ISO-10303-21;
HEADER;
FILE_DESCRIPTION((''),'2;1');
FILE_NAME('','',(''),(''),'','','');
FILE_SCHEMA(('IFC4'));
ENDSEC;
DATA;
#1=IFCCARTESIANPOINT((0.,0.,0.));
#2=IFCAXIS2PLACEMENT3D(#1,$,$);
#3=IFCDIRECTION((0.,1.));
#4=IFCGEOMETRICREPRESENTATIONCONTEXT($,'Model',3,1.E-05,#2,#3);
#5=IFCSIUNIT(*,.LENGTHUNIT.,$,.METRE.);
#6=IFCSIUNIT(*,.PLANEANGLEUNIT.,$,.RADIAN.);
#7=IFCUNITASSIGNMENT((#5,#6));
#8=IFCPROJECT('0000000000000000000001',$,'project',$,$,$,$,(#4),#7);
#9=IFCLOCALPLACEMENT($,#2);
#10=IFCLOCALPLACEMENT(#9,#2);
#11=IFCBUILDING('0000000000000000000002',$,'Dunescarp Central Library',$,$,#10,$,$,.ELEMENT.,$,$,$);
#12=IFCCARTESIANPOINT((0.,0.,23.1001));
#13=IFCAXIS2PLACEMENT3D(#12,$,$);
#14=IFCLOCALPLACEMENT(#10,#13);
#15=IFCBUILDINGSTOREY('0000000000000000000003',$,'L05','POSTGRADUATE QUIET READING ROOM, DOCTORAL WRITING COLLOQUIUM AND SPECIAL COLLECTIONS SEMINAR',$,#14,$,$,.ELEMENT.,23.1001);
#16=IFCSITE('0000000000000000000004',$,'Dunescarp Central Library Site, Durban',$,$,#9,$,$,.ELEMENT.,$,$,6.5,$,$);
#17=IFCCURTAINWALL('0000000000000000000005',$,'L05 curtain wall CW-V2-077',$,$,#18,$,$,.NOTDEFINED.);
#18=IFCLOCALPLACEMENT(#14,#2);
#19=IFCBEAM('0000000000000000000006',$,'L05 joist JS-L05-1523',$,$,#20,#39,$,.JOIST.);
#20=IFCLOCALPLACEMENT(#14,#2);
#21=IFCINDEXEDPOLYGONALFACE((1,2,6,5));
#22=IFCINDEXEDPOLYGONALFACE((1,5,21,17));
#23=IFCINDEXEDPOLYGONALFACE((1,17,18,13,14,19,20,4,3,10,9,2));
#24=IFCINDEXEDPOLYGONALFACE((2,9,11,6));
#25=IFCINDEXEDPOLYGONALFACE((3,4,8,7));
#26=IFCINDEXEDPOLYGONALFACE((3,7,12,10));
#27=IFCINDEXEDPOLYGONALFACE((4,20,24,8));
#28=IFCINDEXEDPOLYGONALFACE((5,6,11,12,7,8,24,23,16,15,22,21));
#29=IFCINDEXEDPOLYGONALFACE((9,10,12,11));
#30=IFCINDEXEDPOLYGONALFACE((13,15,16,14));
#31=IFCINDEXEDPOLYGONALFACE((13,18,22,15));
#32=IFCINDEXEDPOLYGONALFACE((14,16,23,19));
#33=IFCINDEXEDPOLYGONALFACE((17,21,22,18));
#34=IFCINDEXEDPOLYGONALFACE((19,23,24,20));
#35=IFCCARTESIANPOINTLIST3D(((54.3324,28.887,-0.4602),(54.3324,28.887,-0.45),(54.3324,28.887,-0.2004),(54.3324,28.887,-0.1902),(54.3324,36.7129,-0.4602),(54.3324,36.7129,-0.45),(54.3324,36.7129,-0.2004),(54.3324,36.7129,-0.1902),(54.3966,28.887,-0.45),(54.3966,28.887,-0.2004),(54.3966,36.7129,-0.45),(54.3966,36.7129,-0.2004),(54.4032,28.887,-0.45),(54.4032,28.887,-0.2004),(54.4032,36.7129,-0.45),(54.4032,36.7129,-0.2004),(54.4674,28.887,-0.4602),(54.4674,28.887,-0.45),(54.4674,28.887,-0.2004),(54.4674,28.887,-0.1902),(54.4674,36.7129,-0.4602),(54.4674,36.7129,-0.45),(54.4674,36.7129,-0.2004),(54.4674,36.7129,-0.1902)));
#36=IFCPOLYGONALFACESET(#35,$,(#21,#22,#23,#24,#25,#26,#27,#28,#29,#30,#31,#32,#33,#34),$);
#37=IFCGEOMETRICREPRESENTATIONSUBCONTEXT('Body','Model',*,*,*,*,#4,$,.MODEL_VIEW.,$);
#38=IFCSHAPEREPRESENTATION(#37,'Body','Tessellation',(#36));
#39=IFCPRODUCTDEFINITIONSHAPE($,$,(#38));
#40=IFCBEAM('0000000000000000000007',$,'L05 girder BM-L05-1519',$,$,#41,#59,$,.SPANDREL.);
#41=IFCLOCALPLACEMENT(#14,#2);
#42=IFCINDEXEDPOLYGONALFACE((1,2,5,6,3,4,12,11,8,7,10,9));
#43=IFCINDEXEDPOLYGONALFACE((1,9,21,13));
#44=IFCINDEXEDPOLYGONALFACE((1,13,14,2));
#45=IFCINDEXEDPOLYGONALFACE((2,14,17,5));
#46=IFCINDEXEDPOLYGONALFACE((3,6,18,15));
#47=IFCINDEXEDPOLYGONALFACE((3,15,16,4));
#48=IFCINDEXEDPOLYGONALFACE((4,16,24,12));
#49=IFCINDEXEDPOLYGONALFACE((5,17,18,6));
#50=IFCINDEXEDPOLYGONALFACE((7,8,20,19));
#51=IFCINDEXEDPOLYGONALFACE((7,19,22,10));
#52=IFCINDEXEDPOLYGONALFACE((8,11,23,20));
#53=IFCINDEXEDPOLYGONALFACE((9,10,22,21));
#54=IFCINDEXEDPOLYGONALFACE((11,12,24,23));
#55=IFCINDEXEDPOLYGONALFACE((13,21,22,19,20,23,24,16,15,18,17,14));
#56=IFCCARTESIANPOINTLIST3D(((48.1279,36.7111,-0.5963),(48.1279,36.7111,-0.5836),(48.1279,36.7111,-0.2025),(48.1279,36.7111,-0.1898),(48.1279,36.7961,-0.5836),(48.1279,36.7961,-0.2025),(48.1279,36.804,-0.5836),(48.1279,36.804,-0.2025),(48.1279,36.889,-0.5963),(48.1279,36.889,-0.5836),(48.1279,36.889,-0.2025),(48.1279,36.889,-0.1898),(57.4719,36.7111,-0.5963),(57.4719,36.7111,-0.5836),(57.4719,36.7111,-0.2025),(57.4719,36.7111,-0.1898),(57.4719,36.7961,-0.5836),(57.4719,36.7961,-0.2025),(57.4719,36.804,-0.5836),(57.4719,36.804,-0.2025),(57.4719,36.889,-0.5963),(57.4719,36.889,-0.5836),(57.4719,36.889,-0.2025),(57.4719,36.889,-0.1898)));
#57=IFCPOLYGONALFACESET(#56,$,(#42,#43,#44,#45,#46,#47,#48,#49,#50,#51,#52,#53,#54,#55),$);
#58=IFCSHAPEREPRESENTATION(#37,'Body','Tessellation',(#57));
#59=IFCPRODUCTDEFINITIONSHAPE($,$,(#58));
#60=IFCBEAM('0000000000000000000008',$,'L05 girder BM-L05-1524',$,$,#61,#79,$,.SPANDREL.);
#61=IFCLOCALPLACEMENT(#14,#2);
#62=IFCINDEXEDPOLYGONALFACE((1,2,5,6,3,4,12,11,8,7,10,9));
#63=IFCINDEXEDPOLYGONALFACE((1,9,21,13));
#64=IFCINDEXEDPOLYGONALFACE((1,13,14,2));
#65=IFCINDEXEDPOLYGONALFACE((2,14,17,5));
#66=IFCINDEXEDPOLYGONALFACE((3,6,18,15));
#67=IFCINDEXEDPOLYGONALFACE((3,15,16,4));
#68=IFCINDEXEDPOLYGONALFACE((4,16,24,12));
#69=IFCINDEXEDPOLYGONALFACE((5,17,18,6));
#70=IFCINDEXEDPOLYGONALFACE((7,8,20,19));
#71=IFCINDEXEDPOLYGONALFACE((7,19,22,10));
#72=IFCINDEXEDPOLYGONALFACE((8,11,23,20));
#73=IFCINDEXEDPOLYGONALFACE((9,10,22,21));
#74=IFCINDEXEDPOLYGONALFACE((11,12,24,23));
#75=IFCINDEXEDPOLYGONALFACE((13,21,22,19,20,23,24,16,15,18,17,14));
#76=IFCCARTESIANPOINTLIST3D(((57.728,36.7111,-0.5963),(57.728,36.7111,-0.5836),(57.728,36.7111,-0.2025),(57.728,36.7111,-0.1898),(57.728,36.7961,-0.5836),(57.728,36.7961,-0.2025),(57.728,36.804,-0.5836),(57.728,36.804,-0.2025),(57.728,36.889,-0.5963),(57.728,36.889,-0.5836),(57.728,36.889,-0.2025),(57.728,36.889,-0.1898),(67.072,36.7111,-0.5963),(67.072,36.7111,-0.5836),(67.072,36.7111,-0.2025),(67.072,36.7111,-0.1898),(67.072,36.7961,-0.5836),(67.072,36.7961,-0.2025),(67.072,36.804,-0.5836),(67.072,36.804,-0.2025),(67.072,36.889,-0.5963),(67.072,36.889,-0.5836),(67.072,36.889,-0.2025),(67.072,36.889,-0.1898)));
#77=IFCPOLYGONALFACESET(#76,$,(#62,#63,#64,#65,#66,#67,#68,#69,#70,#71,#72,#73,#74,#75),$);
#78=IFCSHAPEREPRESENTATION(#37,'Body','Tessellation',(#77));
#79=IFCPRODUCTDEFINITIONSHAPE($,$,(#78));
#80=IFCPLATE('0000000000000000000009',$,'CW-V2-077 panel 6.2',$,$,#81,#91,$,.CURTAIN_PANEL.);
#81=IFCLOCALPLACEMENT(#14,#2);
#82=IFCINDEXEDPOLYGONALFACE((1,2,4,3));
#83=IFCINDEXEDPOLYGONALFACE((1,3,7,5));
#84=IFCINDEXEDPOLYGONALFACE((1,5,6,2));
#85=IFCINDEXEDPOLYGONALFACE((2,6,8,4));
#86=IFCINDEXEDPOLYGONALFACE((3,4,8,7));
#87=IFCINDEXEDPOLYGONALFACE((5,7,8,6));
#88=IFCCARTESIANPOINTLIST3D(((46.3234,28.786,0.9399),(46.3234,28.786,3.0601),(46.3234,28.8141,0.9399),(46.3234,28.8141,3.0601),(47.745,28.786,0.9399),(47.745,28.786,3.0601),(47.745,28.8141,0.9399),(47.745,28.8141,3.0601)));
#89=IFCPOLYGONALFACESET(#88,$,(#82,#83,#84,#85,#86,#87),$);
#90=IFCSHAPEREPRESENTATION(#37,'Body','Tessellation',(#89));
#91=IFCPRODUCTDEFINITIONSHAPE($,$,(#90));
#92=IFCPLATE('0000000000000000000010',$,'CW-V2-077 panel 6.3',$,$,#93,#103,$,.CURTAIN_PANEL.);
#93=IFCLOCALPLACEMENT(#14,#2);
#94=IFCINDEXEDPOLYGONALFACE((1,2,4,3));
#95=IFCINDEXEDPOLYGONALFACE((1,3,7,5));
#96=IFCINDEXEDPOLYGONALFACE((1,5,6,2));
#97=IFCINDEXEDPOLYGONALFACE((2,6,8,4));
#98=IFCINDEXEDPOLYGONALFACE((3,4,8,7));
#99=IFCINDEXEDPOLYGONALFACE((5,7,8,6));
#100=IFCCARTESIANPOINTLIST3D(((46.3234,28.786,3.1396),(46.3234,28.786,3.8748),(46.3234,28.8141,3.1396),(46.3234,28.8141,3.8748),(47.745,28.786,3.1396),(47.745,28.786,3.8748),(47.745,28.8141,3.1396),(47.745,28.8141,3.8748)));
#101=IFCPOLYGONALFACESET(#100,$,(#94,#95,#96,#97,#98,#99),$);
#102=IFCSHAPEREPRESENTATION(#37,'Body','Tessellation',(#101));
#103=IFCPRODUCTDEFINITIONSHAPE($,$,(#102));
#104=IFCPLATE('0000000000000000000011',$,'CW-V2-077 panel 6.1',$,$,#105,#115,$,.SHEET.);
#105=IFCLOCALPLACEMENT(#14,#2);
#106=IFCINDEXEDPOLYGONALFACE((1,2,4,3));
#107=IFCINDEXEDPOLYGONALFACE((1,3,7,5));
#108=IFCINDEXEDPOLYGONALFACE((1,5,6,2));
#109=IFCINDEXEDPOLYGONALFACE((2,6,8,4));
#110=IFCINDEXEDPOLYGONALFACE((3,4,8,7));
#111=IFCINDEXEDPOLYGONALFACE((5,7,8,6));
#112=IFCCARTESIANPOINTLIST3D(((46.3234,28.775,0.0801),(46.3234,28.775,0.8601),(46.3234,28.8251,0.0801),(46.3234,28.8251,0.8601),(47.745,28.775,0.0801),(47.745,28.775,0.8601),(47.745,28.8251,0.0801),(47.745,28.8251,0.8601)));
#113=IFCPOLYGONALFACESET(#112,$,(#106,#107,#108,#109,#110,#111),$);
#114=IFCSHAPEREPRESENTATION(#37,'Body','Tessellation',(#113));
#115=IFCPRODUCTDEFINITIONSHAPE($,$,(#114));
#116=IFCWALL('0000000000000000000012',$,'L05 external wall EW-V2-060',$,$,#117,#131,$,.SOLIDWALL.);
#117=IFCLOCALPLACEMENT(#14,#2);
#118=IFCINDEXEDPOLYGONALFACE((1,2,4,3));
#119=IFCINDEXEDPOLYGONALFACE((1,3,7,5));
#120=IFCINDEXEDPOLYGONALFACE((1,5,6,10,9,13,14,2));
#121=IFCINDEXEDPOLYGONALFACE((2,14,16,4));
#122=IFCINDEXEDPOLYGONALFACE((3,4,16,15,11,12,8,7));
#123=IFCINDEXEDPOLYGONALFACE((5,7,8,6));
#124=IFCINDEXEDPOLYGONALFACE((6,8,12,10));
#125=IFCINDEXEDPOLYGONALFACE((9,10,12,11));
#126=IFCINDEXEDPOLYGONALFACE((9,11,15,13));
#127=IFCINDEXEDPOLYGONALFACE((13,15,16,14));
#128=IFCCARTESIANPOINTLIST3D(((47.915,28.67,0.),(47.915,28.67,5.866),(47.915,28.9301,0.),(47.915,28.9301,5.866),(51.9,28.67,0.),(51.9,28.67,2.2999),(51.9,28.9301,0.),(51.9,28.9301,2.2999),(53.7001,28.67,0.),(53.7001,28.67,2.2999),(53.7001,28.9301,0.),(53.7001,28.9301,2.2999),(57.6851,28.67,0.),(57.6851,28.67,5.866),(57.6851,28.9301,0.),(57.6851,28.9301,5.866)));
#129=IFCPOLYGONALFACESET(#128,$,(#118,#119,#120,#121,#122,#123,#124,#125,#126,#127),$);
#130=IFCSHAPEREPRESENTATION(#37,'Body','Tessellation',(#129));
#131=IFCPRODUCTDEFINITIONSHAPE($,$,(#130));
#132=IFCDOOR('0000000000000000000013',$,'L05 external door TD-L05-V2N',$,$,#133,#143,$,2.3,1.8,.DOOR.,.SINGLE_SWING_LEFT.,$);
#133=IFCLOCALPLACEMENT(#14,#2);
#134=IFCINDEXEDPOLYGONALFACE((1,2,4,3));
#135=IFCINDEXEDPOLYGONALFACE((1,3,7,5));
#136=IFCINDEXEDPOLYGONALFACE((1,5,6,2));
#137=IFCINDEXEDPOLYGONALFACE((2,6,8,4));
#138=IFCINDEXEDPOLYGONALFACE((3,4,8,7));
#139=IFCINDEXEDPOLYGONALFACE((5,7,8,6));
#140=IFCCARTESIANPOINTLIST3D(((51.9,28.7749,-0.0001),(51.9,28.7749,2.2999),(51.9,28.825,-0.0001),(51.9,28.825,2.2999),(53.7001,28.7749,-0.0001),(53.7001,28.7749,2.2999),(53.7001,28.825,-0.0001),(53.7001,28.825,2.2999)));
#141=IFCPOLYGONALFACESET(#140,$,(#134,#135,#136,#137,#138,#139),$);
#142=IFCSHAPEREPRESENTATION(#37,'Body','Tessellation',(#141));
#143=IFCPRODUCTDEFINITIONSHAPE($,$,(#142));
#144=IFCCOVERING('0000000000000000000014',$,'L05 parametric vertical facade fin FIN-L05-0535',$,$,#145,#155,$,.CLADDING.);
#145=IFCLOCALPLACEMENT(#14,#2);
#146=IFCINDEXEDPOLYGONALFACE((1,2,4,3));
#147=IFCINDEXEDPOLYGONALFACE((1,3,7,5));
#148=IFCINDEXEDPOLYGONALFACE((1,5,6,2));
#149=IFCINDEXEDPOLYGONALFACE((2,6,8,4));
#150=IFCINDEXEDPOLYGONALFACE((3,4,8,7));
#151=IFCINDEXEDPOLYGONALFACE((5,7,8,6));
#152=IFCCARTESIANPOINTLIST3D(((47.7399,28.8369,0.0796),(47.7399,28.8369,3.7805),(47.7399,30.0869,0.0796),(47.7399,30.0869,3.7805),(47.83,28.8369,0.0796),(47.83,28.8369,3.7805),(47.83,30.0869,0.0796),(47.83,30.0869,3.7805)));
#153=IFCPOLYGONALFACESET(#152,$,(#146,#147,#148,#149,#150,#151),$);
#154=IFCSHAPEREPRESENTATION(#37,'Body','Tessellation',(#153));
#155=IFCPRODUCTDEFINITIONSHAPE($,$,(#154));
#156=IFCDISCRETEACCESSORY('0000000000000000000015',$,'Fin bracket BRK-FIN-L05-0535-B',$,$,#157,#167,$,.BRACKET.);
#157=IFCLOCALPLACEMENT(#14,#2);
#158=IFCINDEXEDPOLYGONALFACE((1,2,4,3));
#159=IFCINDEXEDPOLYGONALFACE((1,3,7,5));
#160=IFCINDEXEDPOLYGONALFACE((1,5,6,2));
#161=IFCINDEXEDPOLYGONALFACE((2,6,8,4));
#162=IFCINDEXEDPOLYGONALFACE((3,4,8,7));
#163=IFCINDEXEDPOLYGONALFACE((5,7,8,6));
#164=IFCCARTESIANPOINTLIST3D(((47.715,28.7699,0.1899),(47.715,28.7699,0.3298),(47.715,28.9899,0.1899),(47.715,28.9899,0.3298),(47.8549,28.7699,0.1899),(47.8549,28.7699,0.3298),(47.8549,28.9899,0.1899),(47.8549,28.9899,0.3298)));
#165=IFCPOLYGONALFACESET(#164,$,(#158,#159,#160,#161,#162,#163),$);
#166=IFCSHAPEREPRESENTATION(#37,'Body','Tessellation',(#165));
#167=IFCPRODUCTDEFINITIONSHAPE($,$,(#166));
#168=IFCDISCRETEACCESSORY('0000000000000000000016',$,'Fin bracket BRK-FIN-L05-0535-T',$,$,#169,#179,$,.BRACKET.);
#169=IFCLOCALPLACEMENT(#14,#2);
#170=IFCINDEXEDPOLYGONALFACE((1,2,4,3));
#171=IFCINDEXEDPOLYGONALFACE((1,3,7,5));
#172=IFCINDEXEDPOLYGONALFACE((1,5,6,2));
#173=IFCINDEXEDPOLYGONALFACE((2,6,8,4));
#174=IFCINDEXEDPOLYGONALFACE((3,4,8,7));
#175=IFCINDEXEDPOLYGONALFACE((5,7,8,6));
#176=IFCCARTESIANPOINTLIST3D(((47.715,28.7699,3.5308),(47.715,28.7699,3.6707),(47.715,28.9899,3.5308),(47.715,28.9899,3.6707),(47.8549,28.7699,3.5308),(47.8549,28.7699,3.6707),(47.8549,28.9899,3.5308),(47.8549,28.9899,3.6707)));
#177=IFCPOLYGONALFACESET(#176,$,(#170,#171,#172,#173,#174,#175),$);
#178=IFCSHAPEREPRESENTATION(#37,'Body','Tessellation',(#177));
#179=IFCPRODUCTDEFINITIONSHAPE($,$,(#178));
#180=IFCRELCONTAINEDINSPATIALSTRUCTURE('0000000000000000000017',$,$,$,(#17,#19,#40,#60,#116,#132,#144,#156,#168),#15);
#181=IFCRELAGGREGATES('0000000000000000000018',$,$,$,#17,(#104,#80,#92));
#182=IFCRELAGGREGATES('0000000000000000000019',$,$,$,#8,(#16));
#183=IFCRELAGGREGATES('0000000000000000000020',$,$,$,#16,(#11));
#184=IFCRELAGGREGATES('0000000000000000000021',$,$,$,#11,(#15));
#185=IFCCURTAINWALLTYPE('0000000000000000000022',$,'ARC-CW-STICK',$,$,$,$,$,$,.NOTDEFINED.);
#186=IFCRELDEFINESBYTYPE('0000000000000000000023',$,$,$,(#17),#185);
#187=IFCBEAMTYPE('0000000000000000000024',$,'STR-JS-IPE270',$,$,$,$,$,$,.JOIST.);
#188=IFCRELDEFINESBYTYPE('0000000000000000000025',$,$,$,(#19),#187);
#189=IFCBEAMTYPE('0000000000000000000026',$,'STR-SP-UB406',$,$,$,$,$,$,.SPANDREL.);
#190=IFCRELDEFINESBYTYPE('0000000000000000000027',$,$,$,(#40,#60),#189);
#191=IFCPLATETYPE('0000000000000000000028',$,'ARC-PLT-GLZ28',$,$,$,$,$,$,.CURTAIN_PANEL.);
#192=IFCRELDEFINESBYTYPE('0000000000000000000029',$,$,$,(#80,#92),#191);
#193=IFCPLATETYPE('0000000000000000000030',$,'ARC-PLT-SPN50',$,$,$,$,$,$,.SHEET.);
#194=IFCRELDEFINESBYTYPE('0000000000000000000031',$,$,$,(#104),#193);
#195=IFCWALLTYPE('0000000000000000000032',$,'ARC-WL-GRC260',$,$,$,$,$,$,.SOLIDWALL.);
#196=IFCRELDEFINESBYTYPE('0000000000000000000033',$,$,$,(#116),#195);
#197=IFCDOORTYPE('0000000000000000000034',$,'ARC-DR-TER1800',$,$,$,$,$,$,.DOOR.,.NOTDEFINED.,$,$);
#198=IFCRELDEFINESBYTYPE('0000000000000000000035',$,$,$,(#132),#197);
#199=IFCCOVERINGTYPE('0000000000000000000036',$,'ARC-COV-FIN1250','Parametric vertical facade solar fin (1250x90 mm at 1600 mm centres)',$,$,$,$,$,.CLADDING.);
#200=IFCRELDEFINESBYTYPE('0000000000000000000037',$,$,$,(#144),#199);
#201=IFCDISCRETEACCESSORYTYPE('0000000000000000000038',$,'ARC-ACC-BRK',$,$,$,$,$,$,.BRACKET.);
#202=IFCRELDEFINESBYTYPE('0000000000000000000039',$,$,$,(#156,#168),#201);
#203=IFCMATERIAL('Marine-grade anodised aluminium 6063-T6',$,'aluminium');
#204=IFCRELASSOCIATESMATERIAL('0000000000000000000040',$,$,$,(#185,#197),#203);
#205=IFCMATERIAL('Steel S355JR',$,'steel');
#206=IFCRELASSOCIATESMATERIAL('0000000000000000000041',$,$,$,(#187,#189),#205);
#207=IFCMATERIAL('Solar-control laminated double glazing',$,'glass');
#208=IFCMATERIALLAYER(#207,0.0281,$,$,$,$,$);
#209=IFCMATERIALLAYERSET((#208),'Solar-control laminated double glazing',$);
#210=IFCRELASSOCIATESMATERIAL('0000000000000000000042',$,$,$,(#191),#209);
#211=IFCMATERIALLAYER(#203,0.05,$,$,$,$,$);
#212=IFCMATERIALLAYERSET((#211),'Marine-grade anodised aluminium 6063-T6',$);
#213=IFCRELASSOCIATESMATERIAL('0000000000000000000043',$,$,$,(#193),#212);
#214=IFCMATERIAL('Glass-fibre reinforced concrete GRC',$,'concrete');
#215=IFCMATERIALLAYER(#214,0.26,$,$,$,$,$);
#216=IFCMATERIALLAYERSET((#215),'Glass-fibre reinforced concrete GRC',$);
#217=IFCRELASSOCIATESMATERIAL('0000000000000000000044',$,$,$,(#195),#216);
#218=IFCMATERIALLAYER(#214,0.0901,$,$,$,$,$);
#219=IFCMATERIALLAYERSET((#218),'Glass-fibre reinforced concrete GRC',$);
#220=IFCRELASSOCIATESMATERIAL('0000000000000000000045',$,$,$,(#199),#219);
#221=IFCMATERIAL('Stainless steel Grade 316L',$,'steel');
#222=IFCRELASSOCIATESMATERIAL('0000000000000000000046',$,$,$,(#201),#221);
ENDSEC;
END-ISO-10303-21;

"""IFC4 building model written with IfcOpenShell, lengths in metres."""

from ifc_helpers import new_model, si_unit, direction, frame, frame_2d, origin, origin_2d, place, context, subcontext, project, spatial, rectangle, i_section, extrude, material, layer, layer_set, material_profile, profile_set, type_object, element, fill, aggregate, save


model = new_model("IFC4")

# Units and contexts
model_context = context("Model", 3, precision=1e-05, world=origin(), true_north=direction((0.0, 1.0)))
body_context = subcontext(model_context, "Body", "Model", "MODEL_VIEW")
ifc_project = project(units=[si_unit("LENGTHUNIT", "METRE"), si_unit("PLANEANGLEUNIT", "RADIAN")], contexts=[model_context])

# Site, building, storey
site_placement = place(None, origin())
site = spatial("IfcSite", under=ifc_project, at=site_placement, Name="Dunescarp Central Library Site, Durban", CompositionType="ELEMENT", RefElevation=6.5)
building_placement = place(site_placement, origin())
building = spatial("IfcBuilding", under=site, at=building_placement, Name="Dunescarp Central Library", CompositionType="ELEMENT")
storey_placement = place(building_placement, frame((0.0, 0.0, 23.1001)))
storey = spatial("IfcBuildingStorey", under=building, at=storey_placement, Name="L05", Description="POSTGRADUATE QUIET READING ROOM, DOCTORAL WRITING COLLOQUIUM AND SPECIAL COLLECTIONS SEMINAR", CompositionType="ELEMENT", Elevation=23.1001)

# Shared definitions
ifc_material_1 = material(Name="Steel S355JR", Category="steel")

# Curtain wall
ifc_material_2 = material(Name="Marine-grade anodised aluminium 6063-T6", Category="aluminium")
curtain_wall_type = type_object("IfcCurtainWallType", Name="ARC-CW-STICK", PredefinedType="NOTDEFINED", material=ifc_material_2)
curtain_wall_1_placement = place(storey_placement, origin())
curtain_wall_1 = element("IfcCurtainWall", 1, at=curtain_wall_1_placement, inside=storey, type_object=curtain_wall_type, Name="L05 curtain wall CW-V2-077", PredefinedType="NOTDEFINED")

# Beams
ifc_material_profile_1 = material_profile(ifc_material_1, i_section(OverallWidth=0.135, OverallDepth=0.27, WebThickness=0.0066, FlangeThickness=0.0103, at=origin_2d()), Name="IPE 270")
ifc_profile_set_1 = profile_set([ifc_material_profile_1], Name="Steel S355JR")
beam_type_1 = type_object("IfcBeamType", Name="STR-JS-IPE270", PredefinedType="JOIST", material=ifc_profile_set_1)
for number, where, z_axis, x_axis, name in (
    (2, (54.3999, 28.887, -0.3252), (0.0, 1.0, 0.0), (-1.0, 0.0, 0.0), "L05 joist JS-L05-1523"),
):
    element("IfcBeam", number, at=place(storey_placement, frame(where, z_axis=z_axis, x_axis=x_axis)), inside=storey, type_object=beam_type_1, Name=name, PredefinedType="JOIST", context=body_context, shape_type="SweptSolid", body=[
        extrude(i_section(OverallWidth=0.135, OverallDepth=0.27, WebThickness=0.0066, FlangeThickness=0.0103, at=origin_2d()), origin(), (0.0, 0.0, 1.0), 7.8259),
    ])
ifc_material_profile_2 = material_profile(ifc_material_1, i_section(OverallWidth=0.178, OverallDepth=0.4065, WebThickness=0.0078, FlangeThickness=0.0127, at=origin_2d()), Name="UB 406x178x60")
ifc_profile_set_2 = profile_set([ifc_material_profile_2], Name="Steel S355JR")
beam_type_2 = type_object("IfcBeamType", Name="STR-SP-UB406", PredefinedType="SPANDREL", material=ifc_profile_set_2)
for number, where, z_axis, x_axis, name in (
    (3, (48.1279, 36.8, -0.3931), (1.0, 0.0, 0.0), (0.0, 1.0, 0.0), "L05 girder BM-L05-1519"),
    (4, (57.728, 36.8, -0.3931), (1.0, 0.0, 0.0), (0.0, 1.0, 0.0), "L05 girder BM-L05-1524"),
):
    element("IfcBeam", number, at=place(storey_placement, frame(where, z_axis=z_axis, x_axis=x_axis)), inside=storey, type_object=beam_type_2, Name=name, PredefinedType="SPANDREL", context=body_context, shape_type="SweptSolid", body=[
        extrude(i_section(OverallWidth=0.178, OverallDepth=0.4065, WebThickness=0.0078, FlangeThickness=0.0127, at=origin_2d()), origin(), (0.0, 0.0, 1.0), 9.344),
    ])

# Plates
ifc_material_3 = material(Name="Solar-control laminated double glazing", Category="glass")
ifc_layer_1 = layer(ifc_material_3, 0.0281)
ifc_layer_set_1 = layer_set([ifc_layer_1], Name="Solar-control laminated double glazing")
plate_type_1 = type_object("IfcPlateType", Name="ARC-PLT-GLZ28", PredefinedType="CURTAIN_PANEL", material=ifc_layer_set_1)
plate_1_placement = place(storey_placement, frame((47.0342, 28.8, 0.9399), z_axis=(0.0, 0.0, 1.0), x_axis=(1.0, 0.0, 0.0)))
plate_1 = element("IfcPlate", 5, at=plate_1_placement, type_object=plate_type_1, Name="CW-V2-077 panel 6.2", PredefinedType="CURTAIN_PANEL", context=body_context, shape_type="SweptSolid", body=[
    extrude(rectangle(XDim=1.4216, YDim=0.0281, at=origin_2d()), origin(), (0.0, 0.0, 1.0), 2.1201),
])
plate_2_placement = place(storey_placement, frame((47.0342, 28.8, 3.1396), z_axis=(0.0, 0.0, 1.0), x_axis=(1.0, 0.0, 0.0)))
plate_2 = element("IfcPlate", 6, at=plate_2_placement, type_object=plate_type_1, Name="CW-V2-077 panel 6.3", PredefinedType="CURTAIN_PANEL", context=body_context, shape_type="SweptSolid", body=[
    extrude(rectangle(XDim=1.4216, YDim=0.0281, at=origin_2d()), origin(), (0.0, 0.0, 1.0), 0.7351),
])
ifc_layer_2 = layer(ifc_material_2, 0.05)
ifc_layer_set_2 = layer_set([ifc_layer_2], Name="Marine-grade anodised aluminium 6063-T6")
plate_type_2 = type_object("IfcPlateType", Name="ARC-PLT-SPN50", PredefinedType="SHEET", material=ifc_layer_set_2)
plate_3_placement = place(storey_placement, frame((47.0342, 28.8, 0.0801), z_axis=(0.0, 0.0, 1.0), x_axis=(1.0, 0.0, 0.0)))
plate_3 = element("IfcPlate", 7, at=plate_3_placement, type_object=plate_type_2, Name="CW-V2-077 panel 6.1", PredefinedType="SHEET", context=body_context, shape_type="SweptSolid", body=[
    extrude(rectangle(XDim=1.4216, YDim=0.05, at=origin_2d()), origin(), (0.0, 0.0, 1.0), 0.78),
])
aggregate(curtain_wall_1, [plate_3, plate_1, plate_2])

# Wall, opening, door
ifc_material_4 = material(Name="Glass-fibre reinforced concrete GRC", Category="concrete")
ifc_layer_3 = layer(ifc_material_4, 0.26)
ifc_layer_set_3 = layer_set([ifc_layer_3], Name="Glass-fibre reinforced concrete GRC")
wall_type = type_object("IfcWallType", Name="ARC-WL-GRC260", PredefinedType="SOLIDWALL", material=ifc_layer_set_3)
wall_placement = place(storey_placement, frame((47.915, 28.8, 0.0), z_axis=(0.0, 0.0, 1.0), x_axis=(1.0, 0.0, 0.0)))
wall = element("IfcWall", 8, at=wall_placement, inside=storey, type_object=wall_type, Name="L05 external wall EW-V2-060", PredefinedType="SOLIDWALL", context=body_context, shape_type="SweptSolid", body=[
    extrude(rectangle(XDim=9.77, YDim=0.26, at=frame_2d((4.885, 0.0))), origin(), (0.0, 0.0, 1.0), 5.866),
])
opening_placement = place(wall_placement, frame((3.9851, 0.0, 0.0)))
opening = element("IfcOpeningElement", 9, at=opening_placement, cuts=wall, PredefinedType="OPENING", context=body_context, shape_type="SweptSolid", body=[
    extrude(rectangle(XDim=1.8, YDim=2.3, at=frame_2d((0.8999, 1.1499))), frame((0.0, 0.1401, 0.0), z_axis=(0.0, -1.0, 0.0), x_axis=(1.0, 0.0, 0.0)), (0.0, 0.0, 1.0), 0.28),
])
door_type = type_object("IfcDoorType", Name="ARC-DR-TER1800", OperationType="NOTDEFINED", PredefinedType="DOOR", material=ifc_material_2)
door_placement = place(opening_placement, origin())
door = element("IfcDoor", 10, at=door_placement, inside=storey, type_object=door_type, Name="L05 external door TD-L05-V2N", OperationType="SINGLE_SWING_LEFT", OverallHeight=2.3, OverallWidth=1.8, PredefinedType="DOOR", context=body_context, shape_type="SweptSolid", body=[
    extrude(rectangle(XDim=1.8, YDim=2.3, at=frame_2d((0.8999, 1.1499))), frame((0.0, 0.0249, 0.0), z_axis=(0.0, -1.0, 0.0), x_axis=(1.0, 0.0, 0.0)), (0.0, 0.0, 1.0), 0.05),
])
fill(opening, door)

# Covering
ifc_layer_4 = layer(ifc_material_4, 0.0901)
ifc_layer_set_4 = layer_set([ifc_layer_4], Name="Glass-fibre reinforced concrete GRC")
covering_type = type_object("IfcCoveringType", Name="ARC-COV-FIN1250", Description="Parametric vertical facade solar fin (1250x90 mm at 1600 mm centres)", PredefinedType="CLADDING", material=ifc_layer_set_4)
covering_placement = place(storey_placement, frame((47.7849, 29.4619, 0.0796), z_axis=(0.0, 0.0, 1.0), x_axis=(0.0, 1.0, 0.0)))
element("IfcCovering", 11, at=covering_placement, inside=storey, type_object=covering_type, Name="L05 parametric vertical facade fin FIN-L05-0535", PredefinedType="CLADDING", context=body_context, shape_type="SweptSolid", body=[
    extrude(rectangle(XDim=1.25, YDim=0.0901, at=origin_2d()), origin(), (0.0, 0.0, 1.0), 3.7009),
])

# Shared definitions
ifc_material_5 = material(Name="Stainless steel Grade 316L", Category="steel")

# Discrete accessories
discrete_accessory_type = type_object("IfcDiscreteAccessoryType", Name="ARC-ACC-BRK", PredefinedType="BRACKET", material=ifc_material_5)
for number, where, z_axis, x_axis, name in (
    (12, (47.7849, 28.8799, 0.1899), (0.0, 0.0, 1.0), (0.0, 1.0, 0.0), "Fin bracket BRK-FIN-L05-0535-B"),
    (13, (47.7849, 28.8799, 3.5308), (0.0, 0.0, 1.0), (0.0, 1.0, 0.0), "Fin bracket BRK-FIN-L05-0535-T"),
):
    element("IfcDiscreteAccessory", number, at=place(storey_placement, frame(where, z_axis=z_axis, x_axis=x_axis)), inside=storey, type_object=discrete_accessory_type, Name=name, PredefinedType="BRACKET", context=body_context, shape_type="SweptSolid", body=[
        extrude(rectangle(XDim=0.22, YDim=0.1399, at=origin_2d()), origin(), (0.0, 0.0, 1.0), 0.1399),
    ])

save(model, "model.ifc")
